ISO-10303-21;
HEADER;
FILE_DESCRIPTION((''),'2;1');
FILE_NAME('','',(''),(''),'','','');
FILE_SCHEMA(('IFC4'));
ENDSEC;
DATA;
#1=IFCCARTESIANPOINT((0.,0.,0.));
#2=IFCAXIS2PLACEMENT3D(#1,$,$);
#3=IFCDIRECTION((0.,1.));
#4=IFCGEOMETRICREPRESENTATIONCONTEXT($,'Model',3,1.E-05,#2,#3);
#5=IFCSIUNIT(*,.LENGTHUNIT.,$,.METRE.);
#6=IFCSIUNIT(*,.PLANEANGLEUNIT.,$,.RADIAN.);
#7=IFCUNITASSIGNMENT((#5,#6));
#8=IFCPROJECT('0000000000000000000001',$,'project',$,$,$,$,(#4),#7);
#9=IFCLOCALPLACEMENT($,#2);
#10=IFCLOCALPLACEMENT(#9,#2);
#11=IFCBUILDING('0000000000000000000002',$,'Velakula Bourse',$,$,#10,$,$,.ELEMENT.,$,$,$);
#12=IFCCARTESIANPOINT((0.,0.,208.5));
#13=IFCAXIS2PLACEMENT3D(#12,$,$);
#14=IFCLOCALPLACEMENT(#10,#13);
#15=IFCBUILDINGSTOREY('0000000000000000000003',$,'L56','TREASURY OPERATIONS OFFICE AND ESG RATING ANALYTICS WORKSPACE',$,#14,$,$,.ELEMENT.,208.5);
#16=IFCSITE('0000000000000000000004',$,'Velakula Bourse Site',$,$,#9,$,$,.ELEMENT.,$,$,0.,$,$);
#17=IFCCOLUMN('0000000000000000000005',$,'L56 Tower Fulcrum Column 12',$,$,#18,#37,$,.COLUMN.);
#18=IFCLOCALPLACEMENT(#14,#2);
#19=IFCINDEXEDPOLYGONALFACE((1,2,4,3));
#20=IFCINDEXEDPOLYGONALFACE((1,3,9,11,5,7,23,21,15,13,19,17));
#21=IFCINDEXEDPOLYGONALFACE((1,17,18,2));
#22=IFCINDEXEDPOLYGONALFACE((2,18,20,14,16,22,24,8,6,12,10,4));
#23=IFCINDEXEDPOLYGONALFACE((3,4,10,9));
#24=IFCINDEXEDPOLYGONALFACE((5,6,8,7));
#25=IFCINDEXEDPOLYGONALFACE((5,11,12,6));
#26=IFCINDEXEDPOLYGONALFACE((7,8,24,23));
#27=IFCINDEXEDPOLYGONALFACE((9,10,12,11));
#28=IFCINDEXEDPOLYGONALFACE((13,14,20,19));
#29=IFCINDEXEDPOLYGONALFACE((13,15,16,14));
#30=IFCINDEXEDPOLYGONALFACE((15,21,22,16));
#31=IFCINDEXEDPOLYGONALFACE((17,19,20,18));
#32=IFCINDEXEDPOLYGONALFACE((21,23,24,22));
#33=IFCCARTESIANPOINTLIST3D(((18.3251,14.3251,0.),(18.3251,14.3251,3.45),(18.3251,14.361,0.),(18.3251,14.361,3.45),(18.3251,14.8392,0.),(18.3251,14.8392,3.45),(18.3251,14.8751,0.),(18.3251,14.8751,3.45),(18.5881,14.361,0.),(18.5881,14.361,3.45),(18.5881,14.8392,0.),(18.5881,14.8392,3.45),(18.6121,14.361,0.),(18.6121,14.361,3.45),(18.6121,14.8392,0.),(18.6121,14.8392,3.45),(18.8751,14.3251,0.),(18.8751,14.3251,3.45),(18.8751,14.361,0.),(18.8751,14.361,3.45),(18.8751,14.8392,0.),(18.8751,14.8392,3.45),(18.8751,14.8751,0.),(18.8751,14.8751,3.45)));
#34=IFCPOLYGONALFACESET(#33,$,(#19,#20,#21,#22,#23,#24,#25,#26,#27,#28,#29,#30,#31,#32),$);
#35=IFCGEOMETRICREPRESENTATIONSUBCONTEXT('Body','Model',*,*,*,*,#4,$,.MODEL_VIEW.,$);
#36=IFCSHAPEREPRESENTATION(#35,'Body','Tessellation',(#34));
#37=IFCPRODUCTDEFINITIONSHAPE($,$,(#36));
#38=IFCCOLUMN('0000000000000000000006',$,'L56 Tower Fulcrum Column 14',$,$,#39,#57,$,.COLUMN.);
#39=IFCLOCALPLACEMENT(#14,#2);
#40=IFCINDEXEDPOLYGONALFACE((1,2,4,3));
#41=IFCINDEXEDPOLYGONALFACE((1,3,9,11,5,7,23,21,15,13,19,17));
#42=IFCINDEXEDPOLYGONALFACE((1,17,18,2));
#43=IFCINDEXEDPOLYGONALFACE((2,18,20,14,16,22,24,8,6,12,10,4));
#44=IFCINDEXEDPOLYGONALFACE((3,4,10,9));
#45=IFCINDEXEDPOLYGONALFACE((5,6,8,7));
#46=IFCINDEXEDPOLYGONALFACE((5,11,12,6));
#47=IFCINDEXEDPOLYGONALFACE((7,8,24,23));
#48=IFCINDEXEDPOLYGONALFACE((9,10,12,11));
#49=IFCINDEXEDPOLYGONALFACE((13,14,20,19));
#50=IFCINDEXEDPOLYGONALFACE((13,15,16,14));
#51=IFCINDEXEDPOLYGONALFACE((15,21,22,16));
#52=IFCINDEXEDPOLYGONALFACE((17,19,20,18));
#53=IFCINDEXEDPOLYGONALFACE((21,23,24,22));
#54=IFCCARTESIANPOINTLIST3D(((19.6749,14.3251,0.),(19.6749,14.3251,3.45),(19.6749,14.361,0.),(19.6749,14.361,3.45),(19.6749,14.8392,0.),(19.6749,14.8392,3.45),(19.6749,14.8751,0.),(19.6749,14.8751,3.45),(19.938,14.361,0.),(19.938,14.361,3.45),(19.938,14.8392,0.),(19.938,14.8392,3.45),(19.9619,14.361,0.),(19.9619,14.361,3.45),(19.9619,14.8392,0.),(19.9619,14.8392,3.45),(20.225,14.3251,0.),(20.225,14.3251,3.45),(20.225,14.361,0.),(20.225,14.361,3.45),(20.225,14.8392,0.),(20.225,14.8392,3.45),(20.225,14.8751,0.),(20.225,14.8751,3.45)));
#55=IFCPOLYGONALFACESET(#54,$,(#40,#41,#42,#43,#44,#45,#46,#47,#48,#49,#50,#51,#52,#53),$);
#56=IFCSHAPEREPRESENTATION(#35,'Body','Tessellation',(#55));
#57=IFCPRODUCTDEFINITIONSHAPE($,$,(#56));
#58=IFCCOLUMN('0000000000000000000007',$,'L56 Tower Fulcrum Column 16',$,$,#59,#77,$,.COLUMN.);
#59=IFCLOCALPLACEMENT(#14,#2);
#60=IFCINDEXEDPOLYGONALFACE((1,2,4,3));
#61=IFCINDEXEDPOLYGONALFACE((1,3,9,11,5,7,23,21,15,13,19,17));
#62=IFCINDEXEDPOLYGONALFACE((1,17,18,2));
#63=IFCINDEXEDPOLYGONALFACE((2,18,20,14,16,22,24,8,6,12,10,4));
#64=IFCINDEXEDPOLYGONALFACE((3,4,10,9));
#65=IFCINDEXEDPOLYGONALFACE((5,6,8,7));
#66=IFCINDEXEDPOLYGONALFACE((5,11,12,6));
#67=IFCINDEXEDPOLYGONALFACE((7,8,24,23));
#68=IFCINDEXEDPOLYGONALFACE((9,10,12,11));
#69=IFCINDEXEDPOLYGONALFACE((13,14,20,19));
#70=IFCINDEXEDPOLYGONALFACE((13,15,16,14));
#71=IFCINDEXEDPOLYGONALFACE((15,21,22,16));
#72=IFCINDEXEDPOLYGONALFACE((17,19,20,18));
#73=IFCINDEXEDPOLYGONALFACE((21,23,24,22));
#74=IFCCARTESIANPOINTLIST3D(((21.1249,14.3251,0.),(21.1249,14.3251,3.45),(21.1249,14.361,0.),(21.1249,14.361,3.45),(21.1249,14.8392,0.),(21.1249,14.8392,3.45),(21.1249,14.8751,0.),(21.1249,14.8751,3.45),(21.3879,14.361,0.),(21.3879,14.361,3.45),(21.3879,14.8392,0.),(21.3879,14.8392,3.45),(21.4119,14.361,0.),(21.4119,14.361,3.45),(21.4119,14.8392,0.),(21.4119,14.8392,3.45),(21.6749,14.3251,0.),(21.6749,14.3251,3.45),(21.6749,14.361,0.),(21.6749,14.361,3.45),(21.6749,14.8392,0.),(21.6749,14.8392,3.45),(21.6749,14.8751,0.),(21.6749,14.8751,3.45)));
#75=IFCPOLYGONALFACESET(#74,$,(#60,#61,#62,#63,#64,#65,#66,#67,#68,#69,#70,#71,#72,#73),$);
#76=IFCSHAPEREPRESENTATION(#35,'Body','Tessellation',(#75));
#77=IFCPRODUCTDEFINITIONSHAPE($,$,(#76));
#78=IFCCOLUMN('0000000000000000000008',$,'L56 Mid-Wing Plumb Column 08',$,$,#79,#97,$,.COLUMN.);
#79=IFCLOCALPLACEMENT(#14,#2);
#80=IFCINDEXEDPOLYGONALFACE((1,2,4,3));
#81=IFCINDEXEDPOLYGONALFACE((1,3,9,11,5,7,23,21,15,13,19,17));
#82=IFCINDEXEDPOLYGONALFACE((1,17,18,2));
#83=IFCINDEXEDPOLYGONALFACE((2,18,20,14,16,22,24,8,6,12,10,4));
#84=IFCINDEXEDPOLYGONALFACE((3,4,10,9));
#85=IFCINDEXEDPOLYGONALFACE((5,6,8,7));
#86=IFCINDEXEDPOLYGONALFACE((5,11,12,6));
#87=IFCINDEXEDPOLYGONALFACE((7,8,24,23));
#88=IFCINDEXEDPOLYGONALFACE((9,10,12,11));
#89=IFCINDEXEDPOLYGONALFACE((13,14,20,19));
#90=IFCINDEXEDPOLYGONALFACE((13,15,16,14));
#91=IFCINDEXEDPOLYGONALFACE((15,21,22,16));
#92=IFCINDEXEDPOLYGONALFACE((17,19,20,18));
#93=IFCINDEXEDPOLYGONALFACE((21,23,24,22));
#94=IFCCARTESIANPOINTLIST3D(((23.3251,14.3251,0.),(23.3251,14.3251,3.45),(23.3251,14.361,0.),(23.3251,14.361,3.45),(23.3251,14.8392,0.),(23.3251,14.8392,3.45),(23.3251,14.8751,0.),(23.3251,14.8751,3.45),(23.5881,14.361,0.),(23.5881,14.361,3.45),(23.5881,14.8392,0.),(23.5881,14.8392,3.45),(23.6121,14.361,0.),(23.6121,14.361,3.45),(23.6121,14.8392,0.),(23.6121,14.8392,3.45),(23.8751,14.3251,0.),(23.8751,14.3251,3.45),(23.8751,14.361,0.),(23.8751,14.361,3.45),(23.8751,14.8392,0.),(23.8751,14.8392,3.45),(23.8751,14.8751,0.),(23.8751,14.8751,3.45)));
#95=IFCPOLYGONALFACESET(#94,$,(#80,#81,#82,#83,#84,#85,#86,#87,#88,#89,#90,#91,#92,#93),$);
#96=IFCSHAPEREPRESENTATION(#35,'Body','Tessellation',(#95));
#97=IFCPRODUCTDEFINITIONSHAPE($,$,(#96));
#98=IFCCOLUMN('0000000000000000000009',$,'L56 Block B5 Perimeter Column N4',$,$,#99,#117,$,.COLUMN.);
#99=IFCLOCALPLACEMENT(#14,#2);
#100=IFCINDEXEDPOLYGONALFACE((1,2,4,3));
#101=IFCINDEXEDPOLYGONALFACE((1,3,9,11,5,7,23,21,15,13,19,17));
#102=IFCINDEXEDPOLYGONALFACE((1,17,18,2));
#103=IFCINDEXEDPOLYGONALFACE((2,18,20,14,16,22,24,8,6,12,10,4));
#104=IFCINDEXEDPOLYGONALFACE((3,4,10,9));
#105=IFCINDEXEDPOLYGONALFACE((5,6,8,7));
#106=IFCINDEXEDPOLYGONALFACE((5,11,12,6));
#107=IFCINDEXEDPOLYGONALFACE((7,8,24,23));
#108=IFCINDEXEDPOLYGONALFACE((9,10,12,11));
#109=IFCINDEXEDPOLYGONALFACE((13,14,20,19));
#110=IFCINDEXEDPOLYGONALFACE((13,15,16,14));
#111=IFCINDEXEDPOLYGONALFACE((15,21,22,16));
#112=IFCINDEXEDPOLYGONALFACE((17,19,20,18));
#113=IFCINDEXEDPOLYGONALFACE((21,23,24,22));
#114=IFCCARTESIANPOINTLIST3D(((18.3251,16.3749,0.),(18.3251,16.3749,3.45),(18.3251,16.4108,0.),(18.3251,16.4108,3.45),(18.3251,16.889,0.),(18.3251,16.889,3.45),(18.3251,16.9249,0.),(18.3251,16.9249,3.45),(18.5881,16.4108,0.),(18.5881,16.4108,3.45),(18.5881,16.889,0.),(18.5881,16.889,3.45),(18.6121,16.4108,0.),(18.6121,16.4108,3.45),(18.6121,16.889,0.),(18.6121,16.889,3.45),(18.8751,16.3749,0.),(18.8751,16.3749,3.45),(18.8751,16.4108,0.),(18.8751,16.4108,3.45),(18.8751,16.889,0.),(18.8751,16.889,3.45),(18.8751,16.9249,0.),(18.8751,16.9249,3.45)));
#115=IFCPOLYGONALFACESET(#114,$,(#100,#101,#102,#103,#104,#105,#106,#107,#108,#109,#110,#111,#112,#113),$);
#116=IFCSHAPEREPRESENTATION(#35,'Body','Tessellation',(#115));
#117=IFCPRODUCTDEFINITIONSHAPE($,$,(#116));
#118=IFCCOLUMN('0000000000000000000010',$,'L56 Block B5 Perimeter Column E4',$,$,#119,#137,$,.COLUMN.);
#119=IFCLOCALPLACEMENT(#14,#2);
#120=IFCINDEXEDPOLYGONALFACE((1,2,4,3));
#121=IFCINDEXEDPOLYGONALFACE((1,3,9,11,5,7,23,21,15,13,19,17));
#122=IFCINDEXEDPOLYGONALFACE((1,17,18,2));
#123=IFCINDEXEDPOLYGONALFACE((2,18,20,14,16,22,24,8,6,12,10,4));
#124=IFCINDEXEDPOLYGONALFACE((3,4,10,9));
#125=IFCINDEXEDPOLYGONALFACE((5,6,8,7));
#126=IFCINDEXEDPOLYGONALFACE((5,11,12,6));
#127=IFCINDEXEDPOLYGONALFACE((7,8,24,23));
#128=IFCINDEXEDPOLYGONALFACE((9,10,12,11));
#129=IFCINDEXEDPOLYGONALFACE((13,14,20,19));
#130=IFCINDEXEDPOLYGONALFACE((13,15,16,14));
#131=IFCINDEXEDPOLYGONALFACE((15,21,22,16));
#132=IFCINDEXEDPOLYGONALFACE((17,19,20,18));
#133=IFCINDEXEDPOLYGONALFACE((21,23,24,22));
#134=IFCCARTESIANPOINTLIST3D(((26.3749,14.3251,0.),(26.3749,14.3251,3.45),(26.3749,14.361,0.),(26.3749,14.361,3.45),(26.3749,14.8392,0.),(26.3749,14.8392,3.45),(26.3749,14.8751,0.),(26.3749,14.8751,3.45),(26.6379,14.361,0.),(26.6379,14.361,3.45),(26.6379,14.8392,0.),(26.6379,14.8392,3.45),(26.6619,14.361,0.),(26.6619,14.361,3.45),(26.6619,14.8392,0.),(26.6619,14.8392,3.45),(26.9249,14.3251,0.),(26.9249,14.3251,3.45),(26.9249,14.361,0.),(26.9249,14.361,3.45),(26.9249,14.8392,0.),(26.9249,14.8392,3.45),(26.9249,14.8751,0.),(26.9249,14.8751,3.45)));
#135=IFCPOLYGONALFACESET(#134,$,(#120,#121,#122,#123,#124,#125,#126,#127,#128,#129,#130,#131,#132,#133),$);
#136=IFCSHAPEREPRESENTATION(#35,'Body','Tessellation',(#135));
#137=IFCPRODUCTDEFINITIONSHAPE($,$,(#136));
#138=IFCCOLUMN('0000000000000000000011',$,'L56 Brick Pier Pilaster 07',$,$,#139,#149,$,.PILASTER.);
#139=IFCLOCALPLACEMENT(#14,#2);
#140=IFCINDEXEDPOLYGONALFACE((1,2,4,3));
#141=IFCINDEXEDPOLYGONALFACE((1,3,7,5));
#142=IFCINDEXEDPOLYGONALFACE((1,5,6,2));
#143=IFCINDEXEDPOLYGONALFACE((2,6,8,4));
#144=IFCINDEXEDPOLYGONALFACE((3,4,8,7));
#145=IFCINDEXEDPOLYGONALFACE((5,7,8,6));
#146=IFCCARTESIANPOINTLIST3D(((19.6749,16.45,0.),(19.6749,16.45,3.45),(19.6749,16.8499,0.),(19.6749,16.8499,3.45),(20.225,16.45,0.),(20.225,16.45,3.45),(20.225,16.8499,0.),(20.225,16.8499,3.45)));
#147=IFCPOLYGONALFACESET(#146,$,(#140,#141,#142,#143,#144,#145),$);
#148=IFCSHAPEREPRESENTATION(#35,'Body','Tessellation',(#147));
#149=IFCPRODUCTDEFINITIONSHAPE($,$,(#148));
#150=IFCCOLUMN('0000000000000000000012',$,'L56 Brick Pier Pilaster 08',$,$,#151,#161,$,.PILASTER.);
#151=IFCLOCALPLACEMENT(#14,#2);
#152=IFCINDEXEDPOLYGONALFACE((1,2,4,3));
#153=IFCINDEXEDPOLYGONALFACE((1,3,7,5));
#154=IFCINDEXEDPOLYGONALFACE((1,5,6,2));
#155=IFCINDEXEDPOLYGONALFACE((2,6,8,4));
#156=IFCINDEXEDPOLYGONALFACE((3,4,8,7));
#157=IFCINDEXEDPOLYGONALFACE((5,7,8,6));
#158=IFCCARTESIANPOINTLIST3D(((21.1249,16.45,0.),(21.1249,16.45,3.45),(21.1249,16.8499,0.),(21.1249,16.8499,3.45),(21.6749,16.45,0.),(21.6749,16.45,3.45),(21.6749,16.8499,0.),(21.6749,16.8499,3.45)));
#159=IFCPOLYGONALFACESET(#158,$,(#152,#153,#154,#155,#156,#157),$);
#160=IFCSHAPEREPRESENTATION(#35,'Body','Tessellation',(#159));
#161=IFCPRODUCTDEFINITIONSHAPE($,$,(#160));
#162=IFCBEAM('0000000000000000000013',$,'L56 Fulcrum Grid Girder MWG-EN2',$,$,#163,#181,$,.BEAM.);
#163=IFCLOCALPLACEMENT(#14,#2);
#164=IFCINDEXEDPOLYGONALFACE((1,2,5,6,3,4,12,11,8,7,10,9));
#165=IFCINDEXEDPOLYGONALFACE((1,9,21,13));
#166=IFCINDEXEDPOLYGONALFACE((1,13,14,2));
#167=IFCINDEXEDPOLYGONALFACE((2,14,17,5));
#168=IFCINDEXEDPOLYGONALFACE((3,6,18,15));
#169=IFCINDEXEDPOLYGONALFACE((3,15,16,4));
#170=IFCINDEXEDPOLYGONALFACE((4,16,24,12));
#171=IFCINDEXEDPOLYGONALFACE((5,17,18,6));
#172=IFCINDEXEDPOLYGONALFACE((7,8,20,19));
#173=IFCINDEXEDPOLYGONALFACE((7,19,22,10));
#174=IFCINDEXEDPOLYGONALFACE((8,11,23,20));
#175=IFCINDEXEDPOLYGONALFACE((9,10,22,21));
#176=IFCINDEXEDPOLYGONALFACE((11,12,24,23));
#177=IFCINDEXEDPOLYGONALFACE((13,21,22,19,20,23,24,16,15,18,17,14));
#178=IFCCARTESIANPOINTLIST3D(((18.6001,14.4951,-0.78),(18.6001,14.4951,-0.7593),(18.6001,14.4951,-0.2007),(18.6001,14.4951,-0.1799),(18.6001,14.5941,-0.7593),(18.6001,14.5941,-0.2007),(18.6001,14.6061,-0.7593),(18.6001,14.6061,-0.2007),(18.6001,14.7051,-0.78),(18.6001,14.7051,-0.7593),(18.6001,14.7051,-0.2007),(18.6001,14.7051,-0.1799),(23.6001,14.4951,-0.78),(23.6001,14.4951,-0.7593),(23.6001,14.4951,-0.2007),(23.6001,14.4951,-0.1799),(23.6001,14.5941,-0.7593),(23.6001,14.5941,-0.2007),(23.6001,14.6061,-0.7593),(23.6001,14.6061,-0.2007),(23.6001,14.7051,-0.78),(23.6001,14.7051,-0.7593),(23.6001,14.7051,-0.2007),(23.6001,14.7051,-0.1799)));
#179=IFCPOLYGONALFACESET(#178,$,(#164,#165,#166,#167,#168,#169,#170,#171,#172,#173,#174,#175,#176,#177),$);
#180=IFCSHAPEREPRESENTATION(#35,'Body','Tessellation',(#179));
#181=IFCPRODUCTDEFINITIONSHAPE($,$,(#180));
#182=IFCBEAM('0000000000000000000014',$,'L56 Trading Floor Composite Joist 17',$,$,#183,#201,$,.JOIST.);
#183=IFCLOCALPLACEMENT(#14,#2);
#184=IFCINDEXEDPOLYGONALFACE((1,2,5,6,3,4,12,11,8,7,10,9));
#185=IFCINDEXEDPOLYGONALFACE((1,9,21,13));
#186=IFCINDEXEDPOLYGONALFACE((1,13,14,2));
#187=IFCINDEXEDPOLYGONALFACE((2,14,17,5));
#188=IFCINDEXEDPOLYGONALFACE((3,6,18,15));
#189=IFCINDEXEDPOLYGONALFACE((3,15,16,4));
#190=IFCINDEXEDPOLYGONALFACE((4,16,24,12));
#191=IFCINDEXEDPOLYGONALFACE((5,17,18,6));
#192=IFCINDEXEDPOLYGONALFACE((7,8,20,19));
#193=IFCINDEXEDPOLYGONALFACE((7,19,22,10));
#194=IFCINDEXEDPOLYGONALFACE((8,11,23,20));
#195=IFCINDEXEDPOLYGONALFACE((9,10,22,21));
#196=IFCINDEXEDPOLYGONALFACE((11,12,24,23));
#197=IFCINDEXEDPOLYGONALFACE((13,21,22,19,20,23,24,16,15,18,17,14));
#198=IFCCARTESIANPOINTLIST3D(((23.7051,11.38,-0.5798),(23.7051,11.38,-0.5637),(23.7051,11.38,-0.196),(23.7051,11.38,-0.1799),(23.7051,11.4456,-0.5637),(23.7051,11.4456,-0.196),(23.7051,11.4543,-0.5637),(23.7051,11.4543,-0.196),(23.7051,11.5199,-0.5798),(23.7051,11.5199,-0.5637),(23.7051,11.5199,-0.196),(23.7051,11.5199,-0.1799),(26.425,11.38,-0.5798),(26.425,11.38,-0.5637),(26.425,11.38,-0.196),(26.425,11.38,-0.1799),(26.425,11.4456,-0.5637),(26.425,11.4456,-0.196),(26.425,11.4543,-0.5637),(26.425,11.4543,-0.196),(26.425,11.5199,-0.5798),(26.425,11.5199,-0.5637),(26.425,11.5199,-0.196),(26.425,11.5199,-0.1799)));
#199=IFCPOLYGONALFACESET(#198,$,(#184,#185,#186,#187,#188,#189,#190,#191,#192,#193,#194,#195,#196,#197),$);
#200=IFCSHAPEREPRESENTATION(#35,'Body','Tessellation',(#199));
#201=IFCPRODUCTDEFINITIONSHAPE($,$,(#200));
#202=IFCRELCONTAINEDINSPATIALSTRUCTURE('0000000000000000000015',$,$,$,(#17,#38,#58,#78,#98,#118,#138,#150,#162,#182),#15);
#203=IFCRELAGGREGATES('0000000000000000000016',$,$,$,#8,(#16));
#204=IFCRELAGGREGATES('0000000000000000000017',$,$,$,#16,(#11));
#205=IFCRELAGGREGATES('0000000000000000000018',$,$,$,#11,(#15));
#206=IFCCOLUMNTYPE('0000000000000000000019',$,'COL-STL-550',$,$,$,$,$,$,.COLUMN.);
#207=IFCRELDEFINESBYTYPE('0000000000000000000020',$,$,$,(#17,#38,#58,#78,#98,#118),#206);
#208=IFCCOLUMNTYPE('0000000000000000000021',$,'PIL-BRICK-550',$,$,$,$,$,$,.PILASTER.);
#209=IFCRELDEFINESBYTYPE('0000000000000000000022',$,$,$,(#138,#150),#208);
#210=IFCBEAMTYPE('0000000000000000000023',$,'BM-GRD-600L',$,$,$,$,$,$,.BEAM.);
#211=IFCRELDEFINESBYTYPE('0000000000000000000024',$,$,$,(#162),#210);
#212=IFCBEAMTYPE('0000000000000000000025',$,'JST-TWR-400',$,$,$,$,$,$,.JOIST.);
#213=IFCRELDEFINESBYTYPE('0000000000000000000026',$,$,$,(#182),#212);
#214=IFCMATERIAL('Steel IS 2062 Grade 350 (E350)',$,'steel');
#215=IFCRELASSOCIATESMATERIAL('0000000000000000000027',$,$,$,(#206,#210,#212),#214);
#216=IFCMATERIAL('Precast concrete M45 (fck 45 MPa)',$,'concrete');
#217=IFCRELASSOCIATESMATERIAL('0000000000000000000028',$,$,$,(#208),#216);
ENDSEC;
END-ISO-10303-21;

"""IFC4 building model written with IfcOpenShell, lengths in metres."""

from ifc_helpers import new_model, si_unit, direction, frame, origin, origin_2d, place, context, subcontext, project, spatial, rectangle, i_section, extrude, material, material_profile, profile_set, type_object, element, save


model = new_model("IFC4")

# Units and contexts
model_context = context("Model", 3, precision=1e-05, world=origin(), true_north=direction((0.0, 1.0)))
body_context = subcontext(model_context, "Body", "Model", "MODEL_VIEW")
ifc_project = project(units=[si_unit("LENGTHUNIT", "METRE"), si_unit("PLANEANGLEUNIT", "RADIAN")], contexts=[model_context])

# Site, building, storey
site_placement = place(None, origin())
site = spatial("IfcSite", under=ifc_project, at=site_placement, Name="Velakula Bourse Site", CompositionType="ELEMENT", RefElevation=0.0)
building_placement = place(site_placement, origin())
building = spatial("IfcBuilding", under=site, at=building_placement, Name="Velakula Bourse", CompositionType="ELEMENT")
storey_placement = place(building_placement, frame((0.0, 0.0, 208.5)))
storey = spatial("IfcBuildingStorey", under=building, at=storey_placement, Name="L56", Description="TREASURY OPERATIONS OFFICE AND ESG RATING ANALYTICS WORKSPACE", CompositionType="ELEMENT", Elevation=208.5)

# Columns
ifc_material_1 = material(Name="Steel IS 2062 Grade 350 (E350)", Category="steel")
ifc_material_profile_1 = material_profile(ifc_material_1, i_section(OverallWidth=0.55, OverallDepth=0.55, WebThickness=0.0239, FlangeThickness=0.0359, at=origin_2d()), Name="Steel IS 2062 Grade 350 (E350)")
ifc_profile_set_1 = profile_set([ifc_material_profile_1], Name="Steel IS 2062 Grade 350 (E350)")
column_type_1 = type_object("IfcColumnType", Name="COL-STL-550", PredefinedType="COLUMN", material=ifc_profile_set_1)
for number, where, z_axis, x_axis, name in (
    (1, (18.6001, 14.6001, 0.0), (0.0, 0.0, 1.0), (1.0, 0.0, 0.0), "L56 Tower Fulcrum Column 12"),
    (2, (19.95, 14.6001, 0.0), (0.0, 0.0, 1.0), (1.0, 0.0, 0.0), "L56 Tower Fulcrum Column 14"),
    (3, (21.3999, 14.6001, 0.0), (0.0, 0.0, 1.0), (1.0, 0.0, 0.0), "L56 Tower Fulcrum Column 16"),
    (4, (23.6001, 14.6001, 0.0), (0.0, 0.0, 1.0), (1.0, 0.0, 0.0), "L56 Mid-Wing Plumb Column 08"),
    (5, (18.6001, 16.6499, 0.0), (0.0, 0.0, 1.0), (1.0, 0.0, 0.0), "L56 Block B5 Perimeter Column N4"),
    (6, (26.6499, 14.6001, 0.0), (0.0, 0.0, 1.0), (1.0, 0.0, 0.0), "L56 Block B5 Perimeter Column E4"),
):
    element("IfcColumn", number, at=place(storey_placement, frame(where, z_axis=z_axis, x_axis=x_axis)), inside=storey, type_object=column_type_1, Name=name, PredefinedType="COLUMN", context=body_context, shape_type="SweptSolid", body=[
        extrude(i_section(OverallWidth=0.55, OverallDepth=0.55, WebThickness=0.0239, FlangeThickness=0.0359, at=origin_2d()), origin(), (0.0, 0.0, 1.0), 3.45),
    ])
ifc_material_2 = material(Name="Precast concrete M45 (fck 45 MPa)", Category="concrete")
ifc_material_profile_2 = material_profile(ifc_material_2, rectangle(XDim=0.55, YDim=0.3999, at=origin_2d()), Name="Precast concrete M45 (fck 45 MPa)")
ifc_profile_set_2 = profile_set([ifc_material_profile_2], Name="Precast concrete M45 (fck 45 MPa)")
column_type_2 = type_object("IfcColumnType", Name="PIL-BRICK-550", PredefinedType="PILASTER", material=ifc_profile_set_2)
for number, where, z_axis, x_axis, name in (
    (7, (19.95, 16.6499, 0.0), (0.0, 0.0, 1.0), (1.0, 0.0, 0.0), "L56 Brick Pier Pilaster 07"),
    (8, (21.3999, 16.6499, 0.0), (0.0, 0.0, 1.0), (1.0, 0.0, 0.0), "L56 Brick Pier Pilaster 08"),
):
    element("IfcColumn", number, at=place(storey_placement, frame(where, z_axis=z_axis, x_axis=x_axis)), inside=storey, type_object=column_type_2, Name=name, PredefinedType="PILASTER", context=body_context, shape_type="SweptSolid", body=[
        extrude(rectangle(XDim=0.55, YDim=0.3999, at=origin_2d()), origin(), (0.0, 0.0, 1.0), 3.45),
    ])

# Beams
ifc_material_profile_3 = material_profile(ifc_material_1, i_section(OverallWidth=0.21, OverallDepth=0.6001, WebThickness=0.012, FlangeThickness=0.0208, at=origin_2d()), Name="Steel IS 2062 Grade 350 (E350)")
ifc_profile_set_3 = profile_set([ifc_material_profile_3], Name="Steel IS 2062 Grade 350 (E350)")
beam_type_1 = type_object("IfcBeamType", Name="BM-GRD-600L", PredefinedType="BEAM", material=ifc_profile_set_3)
beam_1_placement = place(storey_placement, frame((18.6001, 14.6001, -0.48), z_axis=(1.0, 0.0, 0.0), x_axis=(0.0, 1.0, 0.0)))
element("IfcBeam", 9, at=beam_1_placement, inside=storey, type_object=beam_type_1, Name="L56 Fulcrum Grid Girder MWG-EN2", PredefinedType="BEAM", context=body_context, shape_type="SweptSolid", body=[
    extrude(i_section(OverallWidth=0.21, OverallDepth=0.6001, WebThickness=0.012, FlangeThickness=0.0208, at=origin_2d()), origin(), (0.0, 0.0, 1.0), 5.0),
])
ifc_material_profile_4 = material_profile(ifc_material_1, i_section(OverallWidth=0.1399, OverallDepth=0.3999, WebThickness=0.0088, FlangeThickness=0.0161, at=origin_2d()), Name="Steel IS 2062 Grade 350 (E350)")
ifc_profile_set_4 = profile_set([ifc_material_profile_4], Name="Steel IS 2062 Grade 350 (E350)")
beam_type_2 = type_object("IfcBeamType", Name="JST-TWR-400", PredefinedType="JOIST", material=ifc_profile_set_4)
beam_2_placement = place(storey_placement, frame((23.7051, 11.45, -0.3799), z_axis=(1.0, 0.0, 0.0), x_axis=(0.0, 1.0, 0.0)))
element("IfcBeam", 10, at=beam_2_placement, inside=storey, type_object=beam_type_2, Name="L56 Trading Floor Composite Joist 17", PredefinedType="JOIST", context=body_context, shape_type="SweptSolid", body=[
    extrude(i_section(OverallWidth=0.1399, OverallDepth=0.3999, WebThickness=0.0088, FlangeThickness=0.0161, at=origin_2d()), origin(), (0.0, 0.0, 1.0), 2.72),
])

save(model, "model.ifc")
